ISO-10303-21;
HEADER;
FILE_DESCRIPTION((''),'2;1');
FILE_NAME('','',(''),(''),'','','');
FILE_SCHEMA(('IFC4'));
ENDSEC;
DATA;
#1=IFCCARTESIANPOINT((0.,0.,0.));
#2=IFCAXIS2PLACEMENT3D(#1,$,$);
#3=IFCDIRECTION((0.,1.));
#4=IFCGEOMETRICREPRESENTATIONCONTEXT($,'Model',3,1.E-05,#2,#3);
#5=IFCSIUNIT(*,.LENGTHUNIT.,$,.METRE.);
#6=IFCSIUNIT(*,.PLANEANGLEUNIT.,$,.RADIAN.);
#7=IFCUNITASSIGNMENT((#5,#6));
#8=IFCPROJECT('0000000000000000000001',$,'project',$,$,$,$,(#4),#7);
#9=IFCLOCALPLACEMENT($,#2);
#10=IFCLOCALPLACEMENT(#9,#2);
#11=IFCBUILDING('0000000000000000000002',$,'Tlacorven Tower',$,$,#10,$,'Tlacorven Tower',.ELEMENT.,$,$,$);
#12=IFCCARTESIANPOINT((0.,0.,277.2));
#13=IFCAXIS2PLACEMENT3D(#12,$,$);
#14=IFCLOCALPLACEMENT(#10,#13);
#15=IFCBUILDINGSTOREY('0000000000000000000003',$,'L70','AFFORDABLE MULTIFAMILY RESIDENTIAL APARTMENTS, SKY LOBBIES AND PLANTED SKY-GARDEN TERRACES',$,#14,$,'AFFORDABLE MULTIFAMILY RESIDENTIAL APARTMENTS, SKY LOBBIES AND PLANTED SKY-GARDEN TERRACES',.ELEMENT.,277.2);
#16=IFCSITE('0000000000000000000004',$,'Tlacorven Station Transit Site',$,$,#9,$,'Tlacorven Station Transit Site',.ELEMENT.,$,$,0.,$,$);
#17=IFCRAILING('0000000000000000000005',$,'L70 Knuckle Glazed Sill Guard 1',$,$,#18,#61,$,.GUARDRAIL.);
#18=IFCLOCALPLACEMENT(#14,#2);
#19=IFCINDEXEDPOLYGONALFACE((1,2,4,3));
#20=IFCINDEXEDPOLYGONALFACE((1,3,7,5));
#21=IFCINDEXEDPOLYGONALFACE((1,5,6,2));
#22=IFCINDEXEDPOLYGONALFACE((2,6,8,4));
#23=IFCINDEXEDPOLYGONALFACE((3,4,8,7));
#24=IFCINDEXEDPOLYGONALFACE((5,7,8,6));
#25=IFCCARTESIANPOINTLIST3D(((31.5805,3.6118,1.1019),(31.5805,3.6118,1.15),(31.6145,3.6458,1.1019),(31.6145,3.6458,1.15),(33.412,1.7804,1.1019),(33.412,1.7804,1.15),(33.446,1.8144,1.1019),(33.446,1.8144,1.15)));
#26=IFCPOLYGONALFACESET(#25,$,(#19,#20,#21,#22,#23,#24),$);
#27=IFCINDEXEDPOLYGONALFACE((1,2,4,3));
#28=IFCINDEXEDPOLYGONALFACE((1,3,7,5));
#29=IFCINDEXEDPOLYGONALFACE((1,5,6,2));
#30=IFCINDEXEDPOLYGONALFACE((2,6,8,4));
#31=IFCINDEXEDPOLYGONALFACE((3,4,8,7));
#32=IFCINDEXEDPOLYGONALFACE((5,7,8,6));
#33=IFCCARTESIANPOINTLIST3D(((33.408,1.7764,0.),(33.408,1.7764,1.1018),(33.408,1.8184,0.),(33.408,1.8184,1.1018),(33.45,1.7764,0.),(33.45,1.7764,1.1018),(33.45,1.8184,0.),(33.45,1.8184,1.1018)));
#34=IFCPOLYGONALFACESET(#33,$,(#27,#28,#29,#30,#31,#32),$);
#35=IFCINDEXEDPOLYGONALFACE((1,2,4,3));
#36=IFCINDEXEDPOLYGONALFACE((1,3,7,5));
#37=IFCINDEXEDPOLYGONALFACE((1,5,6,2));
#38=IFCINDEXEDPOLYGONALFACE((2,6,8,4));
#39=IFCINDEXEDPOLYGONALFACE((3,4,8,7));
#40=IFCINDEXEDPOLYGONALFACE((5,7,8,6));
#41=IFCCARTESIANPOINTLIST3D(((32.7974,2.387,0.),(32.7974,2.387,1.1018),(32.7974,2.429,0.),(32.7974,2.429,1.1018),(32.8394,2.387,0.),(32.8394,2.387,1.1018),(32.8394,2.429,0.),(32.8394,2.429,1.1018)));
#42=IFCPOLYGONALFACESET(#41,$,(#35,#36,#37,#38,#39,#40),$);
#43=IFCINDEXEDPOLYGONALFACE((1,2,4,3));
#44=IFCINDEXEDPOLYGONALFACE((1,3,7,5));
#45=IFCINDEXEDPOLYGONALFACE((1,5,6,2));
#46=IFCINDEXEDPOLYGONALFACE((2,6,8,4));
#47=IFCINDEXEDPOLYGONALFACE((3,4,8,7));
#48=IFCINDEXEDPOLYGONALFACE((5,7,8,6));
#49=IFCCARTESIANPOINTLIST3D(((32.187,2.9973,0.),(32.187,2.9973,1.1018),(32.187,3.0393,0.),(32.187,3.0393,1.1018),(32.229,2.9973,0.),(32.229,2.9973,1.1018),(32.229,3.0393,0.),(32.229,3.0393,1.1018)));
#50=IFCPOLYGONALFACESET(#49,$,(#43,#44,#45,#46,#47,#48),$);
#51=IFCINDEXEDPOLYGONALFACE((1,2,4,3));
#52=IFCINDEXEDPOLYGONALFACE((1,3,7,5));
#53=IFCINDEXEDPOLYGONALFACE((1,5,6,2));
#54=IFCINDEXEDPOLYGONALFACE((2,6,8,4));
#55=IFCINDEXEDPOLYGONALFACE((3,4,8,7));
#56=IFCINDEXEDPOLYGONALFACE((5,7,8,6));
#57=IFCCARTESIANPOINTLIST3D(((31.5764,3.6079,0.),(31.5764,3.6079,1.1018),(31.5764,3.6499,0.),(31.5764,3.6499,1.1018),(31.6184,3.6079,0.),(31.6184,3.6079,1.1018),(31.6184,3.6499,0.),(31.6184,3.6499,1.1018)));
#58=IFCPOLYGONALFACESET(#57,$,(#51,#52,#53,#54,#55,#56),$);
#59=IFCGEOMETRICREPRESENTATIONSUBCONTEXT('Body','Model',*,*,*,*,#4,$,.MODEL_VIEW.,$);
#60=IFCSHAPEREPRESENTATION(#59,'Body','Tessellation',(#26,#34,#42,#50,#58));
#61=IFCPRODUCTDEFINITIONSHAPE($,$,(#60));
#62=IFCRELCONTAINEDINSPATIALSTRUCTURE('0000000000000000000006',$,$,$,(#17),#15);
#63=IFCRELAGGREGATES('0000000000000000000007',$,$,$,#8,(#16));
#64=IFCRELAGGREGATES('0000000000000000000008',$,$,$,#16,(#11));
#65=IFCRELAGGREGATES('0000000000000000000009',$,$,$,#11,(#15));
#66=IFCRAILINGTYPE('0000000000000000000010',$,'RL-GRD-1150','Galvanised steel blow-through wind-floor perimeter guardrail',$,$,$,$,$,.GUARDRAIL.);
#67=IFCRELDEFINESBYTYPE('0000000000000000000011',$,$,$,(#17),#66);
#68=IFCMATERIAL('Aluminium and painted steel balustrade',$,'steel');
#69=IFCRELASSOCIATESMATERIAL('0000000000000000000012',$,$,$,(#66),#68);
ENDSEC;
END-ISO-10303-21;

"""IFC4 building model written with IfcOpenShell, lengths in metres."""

from ifc_helpers import new_model, si_unit, direction, frame, origin, origin_2d, place, context, subcontext, project, spatial, rectangle, extrude, source, transform, mapped, material, type_object, element, save


model = new_model("IFC4")

# Units and contexts
model_context = context("Model", 3, precision=1e-05, world=origin(), true_north=direction((0.0, 1.0)))
body_context = subcontext(model_context, "Body", "Model", "MODEL_VIEW")
ifc_project = project(units=[si_unit("LENGTHUNIT", "METRE"), si_unit("PLANEANGLEUNIT", "RADIAN")], contexts=[model_context])

# Site, building, storey
site_placement = place(None, origin())
site = spatial("IfcSite", under=ifc_project, at=site_placement, Name="Tlacorven Station Transit Site", LongName="Tlacorven Station Transit Site", CompositionType="ELEMENT", RefElevation=0.0)
building_placement = place(site_placement, origin())
building = spatial("IfcBuilding", under=site, at=building_placement, Name="Tlacorven Tower", LongName="Tlacorven Tower", CompositionType="ELEMENT")
storey_placement = place(building_placement, frame((0.0, 0.0, 277.2)))
storey = spatial("IfcBuildingStorey", under=building, at=storey_placement, Name="L70", Description="AFFORDABLE MULTIFAMILY RESIDENTIAL APARTMENTS, SKY LOBBIES AND PLANTED SKY-GARDEN TERRACES", LongName="AFFORDABLE MULTIFAMILY RESIDENTIAL APARTMENTS, SKY LOBBIES AND PLANTED SKY-GARDEN TERRACES", CompositionType="ELEMENT", Elevation=277.2)

# Railing
ifc_material_1 = material(Name="Aluminium and painted steel balustrade", Category="steel")
railing_type = type_object("IfcRailingType", Name="RL-GRD-1150", Description="Galvanised steel blow-through wind-floor perimeter guardrail", PredefinedType="GUARDRAIL", material=ifc_material_1)
shared_shape_1 = source(origin(), body_context, "Body", "SweptSolid", [
    extrude(rectangle(XDim=0.0481, YDim=0.0481, at=origin_2d()), frame((0.0, 0.0, 1.126), z_axis=(-0.707107, 0.707107, 0.0), x_axis=(-0.707107, -0.707107, 0.0)), (0.0, 0.0, 1.0), 2.5901),
    extrude(rectangle(XDim=0.042, YDim=0.042, at=origin_2d()), origin(), (0.0, 0.0, 1.0), 1.1018),
    extrude(rectangle(XDim=0.042, YDim=0.042, at=origin_2d()), frame((-0.6106, 0.6106, 0.0)), (0.0, 0.0, 1.0), 1.1018),
    extrude(rectangle(XDim=0.042, YDim=0.042, at=origin_2d()), frame((-1.2209, 1.2209, 0.0)), (0.0, 0.0, 1.0), 1.1018),
    extrude(rectangle(XDim=0.042, YDim=0.042, at=origin_2d()), frame((-1.8315, 1.8315, 0.0)), (0.0, 0.0, 1.0), 1.1018),
])
railing_placement = place(storey_placement, frame((33.429, 1.7974, 0.0)))
element("IfcRailing", 1, at=railing_placement, inside=storey, type_object=railing_type, Name="L70 Knuckle Glazed Sill Guard 1", PredefinedType="GUARDRAIL", context=body_context, shape_type="MappedRepresentation", body=[
    mapped(shared_shape_1, transform((0.0, 0.0, 0.0), scale=1.0)),
])

save(model, "model.ifc")
